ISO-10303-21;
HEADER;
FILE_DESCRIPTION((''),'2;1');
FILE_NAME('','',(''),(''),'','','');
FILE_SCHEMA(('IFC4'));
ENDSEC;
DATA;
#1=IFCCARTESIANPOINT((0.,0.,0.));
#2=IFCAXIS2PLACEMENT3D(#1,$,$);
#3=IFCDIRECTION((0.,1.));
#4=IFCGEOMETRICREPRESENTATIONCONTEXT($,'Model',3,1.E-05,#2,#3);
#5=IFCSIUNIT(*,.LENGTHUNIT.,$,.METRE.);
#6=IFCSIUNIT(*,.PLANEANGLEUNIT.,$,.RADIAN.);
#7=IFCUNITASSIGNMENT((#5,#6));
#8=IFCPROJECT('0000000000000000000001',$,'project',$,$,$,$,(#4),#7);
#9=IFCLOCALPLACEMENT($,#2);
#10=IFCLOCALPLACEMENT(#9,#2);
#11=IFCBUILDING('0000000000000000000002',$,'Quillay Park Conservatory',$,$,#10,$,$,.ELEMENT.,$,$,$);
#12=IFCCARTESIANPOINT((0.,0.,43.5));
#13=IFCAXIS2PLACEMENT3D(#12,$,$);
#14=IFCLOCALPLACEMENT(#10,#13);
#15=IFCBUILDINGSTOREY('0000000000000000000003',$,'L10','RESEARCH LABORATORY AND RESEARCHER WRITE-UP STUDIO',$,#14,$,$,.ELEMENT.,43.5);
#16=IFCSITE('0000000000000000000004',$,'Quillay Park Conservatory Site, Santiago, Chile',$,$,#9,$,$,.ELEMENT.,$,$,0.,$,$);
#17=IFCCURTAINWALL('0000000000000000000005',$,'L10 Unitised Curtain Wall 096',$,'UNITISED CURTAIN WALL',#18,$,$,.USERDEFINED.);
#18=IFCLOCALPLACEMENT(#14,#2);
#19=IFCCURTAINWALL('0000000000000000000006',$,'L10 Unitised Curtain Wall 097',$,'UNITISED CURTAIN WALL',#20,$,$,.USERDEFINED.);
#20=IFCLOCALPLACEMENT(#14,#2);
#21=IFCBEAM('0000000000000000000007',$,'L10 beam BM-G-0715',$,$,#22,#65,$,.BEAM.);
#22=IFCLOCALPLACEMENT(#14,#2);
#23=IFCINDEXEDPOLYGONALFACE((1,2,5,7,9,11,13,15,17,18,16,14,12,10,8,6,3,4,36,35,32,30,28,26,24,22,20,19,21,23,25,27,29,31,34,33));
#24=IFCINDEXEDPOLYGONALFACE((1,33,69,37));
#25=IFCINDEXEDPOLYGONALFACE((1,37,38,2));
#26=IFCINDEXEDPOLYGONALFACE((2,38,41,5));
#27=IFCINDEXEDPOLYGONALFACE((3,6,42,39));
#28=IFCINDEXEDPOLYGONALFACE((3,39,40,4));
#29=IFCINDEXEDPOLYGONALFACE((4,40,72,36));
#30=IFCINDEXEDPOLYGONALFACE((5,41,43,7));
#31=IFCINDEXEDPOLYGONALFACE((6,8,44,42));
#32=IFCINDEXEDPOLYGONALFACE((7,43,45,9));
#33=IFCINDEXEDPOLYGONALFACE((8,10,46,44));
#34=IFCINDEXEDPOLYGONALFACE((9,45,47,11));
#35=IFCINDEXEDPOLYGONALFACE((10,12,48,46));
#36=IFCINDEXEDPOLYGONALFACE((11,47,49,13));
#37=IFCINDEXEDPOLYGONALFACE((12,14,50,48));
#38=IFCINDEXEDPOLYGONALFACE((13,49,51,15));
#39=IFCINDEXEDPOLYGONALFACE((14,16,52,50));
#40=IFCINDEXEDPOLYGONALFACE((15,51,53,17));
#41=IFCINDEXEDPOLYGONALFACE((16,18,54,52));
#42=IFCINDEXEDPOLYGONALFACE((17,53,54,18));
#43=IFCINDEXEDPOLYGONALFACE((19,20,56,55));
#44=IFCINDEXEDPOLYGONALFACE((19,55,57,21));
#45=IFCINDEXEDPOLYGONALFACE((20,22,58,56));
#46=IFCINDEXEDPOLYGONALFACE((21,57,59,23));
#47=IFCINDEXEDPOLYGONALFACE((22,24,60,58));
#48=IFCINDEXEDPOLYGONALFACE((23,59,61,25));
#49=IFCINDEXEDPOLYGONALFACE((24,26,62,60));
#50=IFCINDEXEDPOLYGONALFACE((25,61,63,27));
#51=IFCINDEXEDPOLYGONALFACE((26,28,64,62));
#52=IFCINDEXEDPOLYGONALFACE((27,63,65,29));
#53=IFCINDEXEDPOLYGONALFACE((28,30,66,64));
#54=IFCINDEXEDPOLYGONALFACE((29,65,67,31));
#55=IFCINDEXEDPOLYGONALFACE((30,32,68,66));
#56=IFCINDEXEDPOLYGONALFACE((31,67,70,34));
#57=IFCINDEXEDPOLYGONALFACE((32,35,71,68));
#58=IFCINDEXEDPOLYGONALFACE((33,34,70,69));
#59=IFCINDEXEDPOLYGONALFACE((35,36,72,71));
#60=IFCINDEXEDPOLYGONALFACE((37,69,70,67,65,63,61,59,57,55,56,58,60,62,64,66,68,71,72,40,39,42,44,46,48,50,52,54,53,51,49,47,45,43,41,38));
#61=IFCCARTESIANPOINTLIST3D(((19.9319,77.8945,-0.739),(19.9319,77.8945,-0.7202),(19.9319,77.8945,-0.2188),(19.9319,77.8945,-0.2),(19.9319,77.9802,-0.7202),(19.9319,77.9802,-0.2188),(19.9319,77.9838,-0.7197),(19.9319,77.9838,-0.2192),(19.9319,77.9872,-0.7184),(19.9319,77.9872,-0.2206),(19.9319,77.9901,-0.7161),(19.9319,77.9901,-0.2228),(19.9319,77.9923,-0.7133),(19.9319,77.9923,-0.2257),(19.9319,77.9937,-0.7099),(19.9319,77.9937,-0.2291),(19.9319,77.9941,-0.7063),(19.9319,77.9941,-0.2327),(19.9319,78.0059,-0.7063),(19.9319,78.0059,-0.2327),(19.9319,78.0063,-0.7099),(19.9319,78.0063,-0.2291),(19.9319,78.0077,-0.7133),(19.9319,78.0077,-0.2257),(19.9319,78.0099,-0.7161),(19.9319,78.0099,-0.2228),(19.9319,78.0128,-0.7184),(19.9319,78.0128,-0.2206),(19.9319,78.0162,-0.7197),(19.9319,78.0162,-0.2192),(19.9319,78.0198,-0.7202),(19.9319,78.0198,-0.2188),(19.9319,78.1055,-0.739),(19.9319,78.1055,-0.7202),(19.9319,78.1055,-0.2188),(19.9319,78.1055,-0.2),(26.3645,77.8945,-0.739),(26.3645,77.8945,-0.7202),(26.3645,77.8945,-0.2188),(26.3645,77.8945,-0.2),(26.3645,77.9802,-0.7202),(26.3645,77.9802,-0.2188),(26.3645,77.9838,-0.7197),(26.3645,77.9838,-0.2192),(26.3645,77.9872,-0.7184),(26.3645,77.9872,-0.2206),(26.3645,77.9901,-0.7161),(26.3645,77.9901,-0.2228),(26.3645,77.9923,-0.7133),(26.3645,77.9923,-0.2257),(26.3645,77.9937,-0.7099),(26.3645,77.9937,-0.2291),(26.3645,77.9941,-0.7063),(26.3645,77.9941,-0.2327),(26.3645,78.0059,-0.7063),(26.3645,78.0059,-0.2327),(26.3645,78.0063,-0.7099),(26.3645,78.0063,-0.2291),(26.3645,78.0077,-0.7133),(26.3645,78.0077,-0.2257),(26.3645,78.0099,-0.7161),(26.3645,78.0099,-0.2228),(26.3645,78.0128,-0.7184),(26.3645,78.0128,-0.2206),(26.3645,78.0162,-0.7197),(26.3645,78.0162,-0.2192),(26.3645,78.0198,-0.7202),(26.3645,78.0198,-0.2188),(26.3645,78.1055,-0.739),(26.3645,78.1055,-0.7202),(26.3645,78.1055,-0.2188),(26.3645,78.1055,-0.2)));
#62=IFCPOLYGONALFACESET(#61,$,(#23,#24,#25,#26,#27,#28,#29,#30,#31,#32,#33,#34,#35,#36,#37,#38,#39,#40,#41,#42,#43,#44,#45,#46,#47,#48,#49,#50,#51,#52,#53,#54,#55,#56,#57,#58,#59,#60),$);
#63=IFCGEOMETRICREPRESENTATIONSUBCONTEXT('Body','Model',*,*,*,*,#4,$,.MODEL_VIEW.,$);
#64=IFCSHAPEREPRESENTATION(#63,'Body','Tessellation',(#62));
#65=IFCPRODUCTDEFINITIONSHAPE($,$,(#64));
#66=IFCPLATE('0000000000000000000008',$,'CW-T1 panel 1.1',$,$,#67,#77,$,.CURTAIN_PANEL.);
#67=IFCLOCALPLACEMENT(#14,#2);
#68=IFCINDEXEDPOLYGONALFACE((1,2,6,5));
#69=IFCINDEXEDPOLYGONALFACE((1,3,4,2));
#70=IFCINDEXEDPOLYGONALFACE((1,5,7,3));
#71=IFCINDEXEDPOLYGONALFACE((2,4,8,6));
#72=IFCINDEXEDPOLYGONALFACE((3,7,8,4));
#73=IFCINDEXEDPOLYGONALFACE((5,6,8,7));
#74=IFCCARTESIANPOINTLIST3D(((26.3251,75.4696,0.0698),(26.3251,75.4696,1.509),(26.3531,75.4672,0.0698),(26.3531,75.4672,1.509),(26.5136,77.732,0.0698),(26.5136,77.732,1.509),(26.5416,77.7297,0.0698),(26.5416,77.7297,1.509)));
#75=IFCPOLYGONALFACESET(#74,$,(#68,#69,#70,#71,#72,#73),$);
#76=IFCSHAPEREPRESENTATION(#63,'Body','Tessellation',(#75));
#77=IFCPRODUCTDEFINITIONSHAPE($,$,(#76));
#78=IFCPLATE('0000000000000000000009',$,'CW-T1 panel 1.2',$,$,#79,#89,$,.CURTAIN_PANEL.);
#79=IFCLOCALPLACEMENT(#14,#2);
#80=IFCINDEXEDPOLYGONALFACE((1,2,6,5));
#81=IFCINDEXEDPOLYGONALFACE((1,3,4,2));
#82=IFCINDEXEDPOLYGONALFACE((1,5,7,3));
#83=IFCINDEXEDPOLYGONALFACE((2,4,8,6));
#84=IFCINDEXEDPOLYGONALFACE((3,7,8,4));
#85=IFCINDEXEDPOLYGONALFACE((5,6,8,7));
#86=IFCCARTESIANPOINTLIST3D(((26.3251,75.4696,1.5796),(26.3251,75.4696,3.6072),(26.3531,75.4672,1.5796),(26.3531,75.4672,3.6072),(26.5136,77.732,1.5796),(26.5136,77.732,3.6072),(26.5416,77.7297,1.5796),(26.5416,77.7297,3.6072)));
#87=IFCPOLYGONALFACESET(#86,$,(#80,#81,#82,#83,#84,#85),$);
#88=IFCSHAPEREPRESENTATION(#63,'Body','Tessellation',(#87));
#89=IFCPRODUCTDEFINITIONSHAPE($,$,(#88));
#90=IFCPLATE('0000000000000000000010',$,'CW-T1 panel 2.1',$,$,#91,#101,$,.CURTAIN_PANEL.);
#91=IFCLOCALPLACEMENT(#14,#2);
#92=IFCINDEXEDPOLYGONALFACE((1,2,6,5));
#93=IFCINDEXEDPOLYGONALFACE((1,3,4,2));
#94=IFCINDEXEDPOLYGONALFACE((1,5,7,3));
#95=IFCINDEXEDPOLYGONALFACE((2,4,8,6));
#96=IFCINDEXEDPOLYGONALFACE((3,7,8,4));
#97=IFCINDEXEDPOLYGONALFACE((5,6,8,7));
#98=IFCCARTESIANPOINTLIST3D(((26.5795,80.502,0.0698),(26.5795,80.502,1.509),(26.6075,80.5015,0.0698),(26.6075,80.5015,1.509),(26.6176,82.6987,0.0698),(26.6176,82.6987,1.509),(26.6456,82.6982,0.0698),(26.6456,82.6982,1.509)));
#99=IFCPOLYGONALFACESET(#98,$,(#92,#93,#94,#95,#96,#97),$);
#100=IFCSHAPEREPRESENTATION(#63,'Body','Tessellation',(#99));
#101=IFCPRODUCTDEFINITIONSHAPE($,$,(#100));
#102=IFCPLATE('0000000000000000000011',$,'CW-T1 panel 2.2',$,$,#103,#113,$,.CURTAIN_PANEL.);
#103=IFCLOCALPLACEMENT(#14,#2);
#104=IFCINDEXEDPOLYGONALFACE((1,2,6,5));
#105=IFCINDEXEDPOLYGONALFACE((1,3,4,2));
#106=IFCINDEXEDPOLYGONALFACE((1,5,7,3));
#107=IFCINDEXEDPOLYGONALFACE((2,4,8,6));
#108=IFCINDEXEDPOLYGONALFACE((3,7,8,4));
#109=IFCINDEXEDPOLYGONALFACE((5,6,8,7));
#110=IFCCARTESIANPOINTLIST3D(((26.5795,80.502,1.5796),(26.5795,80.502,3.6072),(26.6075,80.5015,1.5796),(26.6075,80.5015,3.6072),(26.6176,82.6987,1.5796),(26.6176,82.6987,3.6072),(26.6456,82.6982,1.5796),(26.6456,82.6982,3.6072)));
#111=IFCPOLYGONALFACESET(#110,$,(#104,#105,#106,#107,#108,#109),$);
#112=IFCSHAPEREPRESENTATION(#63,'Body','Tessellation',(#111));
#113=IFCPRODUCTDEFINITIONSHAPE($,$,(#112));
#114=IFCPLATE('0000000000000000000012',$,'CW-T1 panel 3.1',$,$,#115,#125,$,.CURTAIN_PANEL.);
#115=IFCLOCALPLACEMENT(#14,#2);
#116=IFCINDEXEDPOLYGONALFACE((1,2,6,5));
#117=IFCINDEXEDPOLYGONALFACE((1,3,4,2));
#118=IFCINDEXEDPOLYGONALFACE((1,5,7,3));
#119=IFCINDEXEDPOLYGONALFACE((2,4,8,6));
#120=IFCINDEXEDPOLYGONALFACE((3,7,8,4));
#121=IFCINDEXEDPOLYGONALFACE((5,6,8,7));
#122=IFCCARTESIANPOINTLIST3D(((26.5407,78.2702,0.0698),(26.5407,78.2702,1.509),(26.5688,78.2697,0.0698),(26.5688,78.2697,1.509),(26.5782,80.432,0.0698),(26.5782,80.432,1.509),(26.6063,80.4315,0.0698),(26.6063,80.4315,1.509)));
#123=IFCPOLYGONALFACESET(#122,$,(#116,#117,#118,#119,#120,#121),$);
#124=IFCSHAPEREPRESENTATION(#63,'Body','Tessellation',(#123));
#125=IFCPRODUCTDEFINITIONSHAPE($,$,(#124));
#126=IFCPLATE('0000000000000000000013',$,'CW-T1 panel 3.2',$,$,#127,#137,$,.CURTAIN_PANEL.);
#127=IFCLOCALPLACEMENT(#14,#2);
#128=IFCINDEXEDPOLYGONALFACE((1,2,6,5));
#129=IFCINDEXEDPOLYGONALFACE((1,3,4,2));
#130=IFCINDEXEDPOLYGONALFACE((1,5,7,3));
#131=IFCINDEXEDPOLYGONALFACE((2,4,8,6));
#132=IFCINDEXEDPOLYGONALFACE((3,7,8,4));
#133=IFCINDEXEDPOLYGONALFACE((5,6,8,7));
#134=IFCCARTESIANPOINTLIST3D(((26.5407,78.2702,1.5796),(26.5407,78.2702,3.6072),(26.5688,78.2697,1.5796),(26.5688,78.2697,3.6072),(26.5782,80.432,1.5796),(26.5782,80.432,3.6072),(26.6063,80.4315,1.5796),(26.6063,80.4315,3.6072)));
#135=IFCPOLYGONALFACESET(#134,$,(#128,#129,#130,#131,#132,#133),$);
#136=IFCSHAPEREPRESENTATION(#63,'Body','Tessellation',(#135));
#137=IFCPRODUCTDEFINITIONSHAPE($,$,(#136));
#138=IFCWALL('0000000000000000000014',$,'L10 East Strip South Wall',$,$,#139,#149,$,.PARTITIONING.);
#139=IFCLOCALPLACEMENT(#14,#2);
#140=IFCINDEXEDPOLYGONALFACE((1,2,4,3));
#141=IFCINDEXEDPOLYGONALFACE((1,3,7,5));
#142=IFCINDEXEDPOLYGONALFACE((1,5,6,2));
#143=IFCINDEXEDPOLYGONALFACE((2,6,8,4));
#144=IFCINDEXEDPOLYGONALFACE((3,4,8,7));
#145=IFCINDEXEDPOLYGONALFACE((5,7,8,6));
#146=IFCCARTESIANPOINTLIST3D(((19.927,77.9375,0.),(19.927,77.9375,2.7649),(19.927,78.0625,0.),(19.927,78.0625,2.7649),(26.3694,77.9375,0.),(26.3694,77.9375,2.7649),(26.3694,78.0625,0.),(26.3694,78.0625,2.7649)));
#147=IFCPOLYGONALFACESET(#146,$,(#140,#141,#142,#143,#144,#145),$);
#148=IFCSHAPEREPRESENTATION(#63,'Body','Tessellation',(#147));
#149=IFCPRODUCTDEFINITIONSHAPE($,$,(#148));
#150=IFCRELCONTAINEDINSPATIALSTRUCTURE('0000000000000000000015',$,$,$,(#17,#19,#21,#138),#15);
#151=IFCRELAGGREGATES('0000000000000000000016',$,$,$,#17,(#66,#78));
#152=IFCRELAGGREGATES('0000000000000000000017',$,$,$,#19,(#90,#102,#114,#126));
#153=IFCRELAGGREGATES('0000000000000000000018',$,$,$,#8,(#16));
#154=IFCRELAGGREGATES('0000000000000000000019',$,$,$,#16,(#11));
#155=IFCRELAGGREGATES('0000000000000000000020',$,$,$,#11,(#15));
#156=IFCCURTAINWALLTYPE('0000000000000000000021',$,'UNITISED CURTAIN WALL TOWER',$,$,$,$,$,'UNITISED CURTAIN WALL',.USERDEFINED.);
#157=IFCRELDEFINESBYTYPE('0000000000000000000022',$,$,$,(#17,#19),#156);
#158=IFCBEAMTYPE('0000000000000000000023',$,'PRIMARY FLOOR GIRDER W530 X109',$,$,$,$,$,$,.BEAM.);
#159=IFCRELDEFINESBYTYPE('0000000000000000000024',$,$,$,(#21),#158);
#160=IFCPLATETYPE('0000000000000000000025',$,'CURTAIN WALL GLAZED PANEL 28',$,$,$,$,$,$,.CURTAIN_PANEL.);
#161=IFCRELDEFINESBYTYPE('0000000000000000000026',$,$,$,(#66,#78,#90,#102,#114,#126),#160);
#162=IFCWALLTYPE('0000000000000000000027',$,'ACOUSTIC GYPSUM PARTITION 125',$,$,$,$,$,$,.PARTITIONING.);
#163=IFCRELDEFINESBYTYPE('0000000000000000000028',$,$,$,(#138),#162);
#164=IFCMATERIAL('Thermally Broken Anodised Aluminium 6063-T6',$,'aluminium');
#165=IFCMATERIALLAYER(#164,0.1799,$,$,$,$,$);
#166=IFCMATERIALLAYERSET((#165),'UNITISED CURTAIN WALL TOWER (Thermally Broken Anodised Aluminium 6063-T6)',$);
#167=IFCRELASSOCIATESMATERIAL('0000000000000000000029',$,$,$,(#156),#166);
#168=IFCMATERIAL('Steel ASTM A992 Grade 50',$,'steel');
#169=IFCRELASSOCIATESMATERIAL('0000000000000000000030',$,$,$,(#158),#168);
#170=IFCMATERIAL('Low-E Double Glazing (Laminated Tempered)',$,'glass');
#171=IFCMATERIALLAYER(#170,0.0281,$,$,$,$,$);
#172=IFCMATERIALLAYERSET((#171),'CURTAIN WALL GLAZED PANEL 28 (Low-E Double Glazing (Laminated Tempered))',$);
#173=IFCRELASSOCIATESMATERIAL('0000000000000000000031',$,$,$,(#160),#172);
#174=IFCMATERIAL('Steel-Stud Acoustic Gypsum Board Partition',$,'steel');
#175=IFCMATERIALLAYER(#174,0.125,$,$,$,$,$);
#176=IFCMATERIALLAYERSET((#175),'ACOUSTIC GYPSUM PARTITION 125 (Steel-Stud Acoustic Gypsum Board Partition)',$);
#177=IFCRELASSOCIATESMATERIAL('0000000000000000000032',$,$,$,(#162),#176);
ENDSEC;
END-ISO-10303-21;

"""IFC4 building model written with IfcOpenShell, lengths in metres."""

from ifc_helpers import new_model, si_unit, direction, frame, frame_2d, origin, origin_2d, place, context, subcontext, project, spatial, rectangle, i_section, extrude, material, layer, layer_set, material_profile, profile_set, type_object, element, aggregate, save


model = new_model("IFC4")

# Units and contexts
model_context = context("Model", 3, precision=1e-05, world=origin(), true_north=direction((0.0, 1.0)))
body_context = subcontext(model_context, "Body", "Model", "MODEL_VIEW")
ifc_project = project(units=[si_unit("LENGTHUNIT", "METRE"), si_unit("PLANEANGLEUNIT", "RADIAN")], contexts=[model_context])

# Site, building, storey
site_placement = place(None, origin())
site = spatial("IfcSite", under=ifc_project, at=site_placement, Name="Quillay Park Conservatory Site, Santiago, Chile", CompositionType="ELEMENT", RefElevation=0.0)
building_placement = place(site_placement, origin())
building = spatial("IfcBuilding", under=site, at=building_placement, Name="Quillay Park Conservatory", CompositionType="ELEMENT")
storey_placement = place(building_placement, frame((0.0, 0.0, 43.5)))
storey = spatial("IfcBuildingStorey", under=building, at=storey_placement, Name="L10", Description="RESEARCH LABORATORY AND RESEARCHER WRITE-UP STUDIO", CompositionType="ELEMENT", Elevation=43.5)

# Curtain wall
ifc_material_1 = material(Name="Thermally Broken Anodised Aluminium 6063-T6", Category="aluminium")
ifc_layer_1 = layer(ifc_material_1, 0.1799)
ifc_layer_set_1 = layer_set([ifc_layer_1], Name="UNITISED CURTAIN WALL TOWER (Thermally Broken Anodised Aluminium 6063-T6)")
curtain_wall_type = type_object("IfcCurtainWallType", Name="UNITISED CURTAIN WALL TOWER", ElementType="UNITISED CURTAIN WALL", PredefinedType="USERDEFINED", material=ifc_layer_set_1)
curtain_wall_1_placement = place(storey_placement, origin())
curtain_wall_1 = element("IfcCurtainWall", 1, at=curtain_wall_1_placement, inside=storey, type_object=curtain_wall_type, Name="L10 Unitised Curtain Wall 096", ObjectType="UNITISED CURTAIN WALL", PredefinedType="USERDEFINED")

# Curtain wall
curtain_wall_2_placement = place(storey_placement, origin())
curtain_wall_2 = element("IfcCurtainWall", 2, at=curtain_wall_2_placement, inside=storey, type_object=curtain_wall_type, Name="L10 Unitised Curtain Wall 097", ObjectType="UNITISED CURTAIN WALL", PredefinedType="USERDEFINED")

# Beam
ifc_material_2 = material(Name="Steel ASTM A992 Grade 50", Category="steel")
ifc_material_profile_1 = material_profile(ifc_material_2, i_section(OverallWidth=0.2109, OverallDepth=0.5391, WebThickness=0.0117, FlangeThickness=0.0188, FilletRadius=0.0139, at=origin_2d()), Name="W530x109")
ifc_profile_set_1 = profile_set([ifc_material_profile_1], Name="Steel ASTM A992 Grade 50")
beam_type_1 = type_object("IfcBeamType", Name="PRIMARY FLOOR GIRDER W530 X109", PredefinedType="BEAM", material=ifc_profile_set_1)
beam_1_placement = place(storey_placement, frame((19.9319, 78.0, -0.4695), z_axis=(1.0, 0.0, 0.0), x_axis=(0.0, 1.0, 0.0)))
element("IfcBeam", 3, at=beam_1_placement, inside=storey, type_object=beam_type_1, Name="L10 beam BM-G-0715", PredefinedType="BEAM", context=body_context, shape_type="SweptSolid", body=[
    extrude(i_section(OverallWidth=0.2109, OverallDepth=0.5391, WebThickness=0.0117, FlangeThickness=0.0188, FilletRadius=0.0139, at=origin_2d()), origin(), (0.0, 0.0, 1.0), 6.4326),
])

# Plates
ifc_material_3 = material(Name="Low-E Double Glazing (Laminated Tempered)", Category="glass")
ifc_layer_2 = layer(ifc_material_3, 0.0281)
ifc_layer_set_2 = layer_set([ifc_layer_2], Name="CURTAIN WALL GLAZED PANEL 28 (Low-E Double Glazing (Laminated Tempered))")
plate_type = type_object("IfcPlateType", Name="CURTAIN WALL GLAZED PANEL 28", PredefinedType="CURTAIN_PANEL", material=ifc_layer_set_2)
plate_1_placement = place(storey_placement, frame((26.4333, 76.5996, 0.0698), z_axis=(0.0, 0.0, 1.0), x_axis=(-0.083048, -0.996546, 0.0)))
plate_1 = element("IfcPlate", 4, at=plate_1_placement, type_object=plate_type, Name="CW-T1 panel 1.1", PredefinedType="CURTAIN_PANEL", context=body_context, shape_type="SweptSolid", body=[
    extrude(rectangle(XDim=2.2703, YDim=0.0281, at=origin_2d()), origin(), (0.0, 0.0, 1.0), 1.4392),
])
plate_2_placement = place(storey_placement, frame((26.4333, 76.5996, 1.5796), z_axis=(0.0, 0.0, 1.0), x_axis=(-0.083048, -0.996546, 0.0)))
plate_2 = element("IfcPlate", 5, at=plate_2_placement, type_object=plate_type, Name="CW-T1 panel 1.2", PredefinedType="CURTAIN_PANEL", context=body_context, shape_type="SweptSolid", body=[
    extrude(rectangle(XDim=2.2703, YDim=0.0281, at=origin_2d()), origin(), (0.0, 0.0, 1.0), 2.0276),
])
aggregate(curtain_wall_1, [plate_1, plate_2])
plate_3_placement = place(storey_placement, frame((26.6125, 81.6001, 0.0698), z_axis=(0.0, 0.0, 1.0), x_axis=(-0.01735, -0.999849, 0.0)))
plate_3 = element("IfcPlate", 6, at=plate_3_placement, type_object=plate_type, Name="CW-T1 panel 2.1", PredefinedType="CURTAIN_PANEL", context=body_context, shape_type="SweptSolid", body=[
    extrude(rectangle(XDim=2.197, YDim=0.0281, at=origin_2d()), origin(), (0.0, 0.0, 1.0), 1.4392),
])
plate_4_placement = place(storey_placement, frame((26.6125, 81.6001, 1.5796), z_axis=(0.0, 0.0, 1.0), x_axis=(-0.01735, -0.999849, 0.0)))
plate_4 = element("IfcPlate", 7, at=plate_4_placement, type_object=plate_type, Name="CW-T1 panel 2.2", PredefinedType="CURTAIN_PANEL", context=body_context, shape_type="SweptSolid", body=[
    extrude(rectangle(XDim=2.197, YDim=0.0281, at=origin_2d()), origin(), (0.0, 0.0, 1.0), 2.0276),
])
plate_5_placement = place(storey_placement, frame((26.5735, 79.3508, 0.0698), z_axis=(0.0, 0.0, 1.0), x_axis=(-0.01735, -0.999849, 0.0)))
plate_5 = element("IfcPlate", 8, at=plate_5_placement, type_object=plate_type, Name="CW-T1 panel 3.1", PredefinedType="CURTAIN_PANEL", context=body_context, shape_type="SweptSolid", body=[
    extrude(rectangle(XDim=2.1621, YDim=0.0281, at=origin_2d()), origin(), (0.0, 0.0, 1.0), 1.4392),
])
plate_6_placement = place(storey_placement, frame((26.5735, 79.3508, 1.5796), z_axis=(0.0, 0.0, 1.0), x_axis=(-0.01735, -0.999849, 0.0)))
plate_6 = element("IfcPlate", 9, at=plate_6_placement, type_object=plate_type, Name="CW-T1 panel 3.2", PredefinedType="CURTAIN_PANEL", context=body_context, shape_type="SweptSolid", body=[
    extrude(rectangle(XDim=2.1621, YDim=0.0281, at=origin_2d()), origin(), (0.0, 0.0, 1.0), 2.0276),
])
aggregate(curtain_wall_2, [plate_3, plate_4, plate_5, plate_6])

# Wall
ifc_material_4 = material(Name="Steel-Stud Acoustic Gypsum Board Partition", Category="steel")
ifc_layer_3 = layer(ifc_material_4, 0.125)
ifc_layer_set_3 = layer_set([ifc_layer_3], Name="ACOUSTIC GYPSUM PARTITION 125 (Steel-Stud Acoustic Gypsum Board Partition)")
wall_type = type_object("IfcWallType", Name="ACOUSTIC GYPSUM PARTITION 125", PredefinedType="PARTITIONING", material=ifc_layer_set_3)
wall_placement = place(storey_placement, frame((26.3694, 78.0, 0.0), z_axis=(0.0, 0.0, 1.0), x_axis=(-1.0, 0.0, 0.0)))
element("IfcWall", 10, at=wall_placement, inside=storey, type_object=wall_type, Name="L10 East Strip South Wall", PredefinedType="PARTITIONING", context=body_context, shape_type="SweptSolid", body=[
    extrude(rectangle(XDim=6.4424, YDim=0.125, at=frame_2d((3.2212, 0.0))), origin(), (0.0, 0.0, 1.0), 2.7649),
])

save(model, "model.ifc")
